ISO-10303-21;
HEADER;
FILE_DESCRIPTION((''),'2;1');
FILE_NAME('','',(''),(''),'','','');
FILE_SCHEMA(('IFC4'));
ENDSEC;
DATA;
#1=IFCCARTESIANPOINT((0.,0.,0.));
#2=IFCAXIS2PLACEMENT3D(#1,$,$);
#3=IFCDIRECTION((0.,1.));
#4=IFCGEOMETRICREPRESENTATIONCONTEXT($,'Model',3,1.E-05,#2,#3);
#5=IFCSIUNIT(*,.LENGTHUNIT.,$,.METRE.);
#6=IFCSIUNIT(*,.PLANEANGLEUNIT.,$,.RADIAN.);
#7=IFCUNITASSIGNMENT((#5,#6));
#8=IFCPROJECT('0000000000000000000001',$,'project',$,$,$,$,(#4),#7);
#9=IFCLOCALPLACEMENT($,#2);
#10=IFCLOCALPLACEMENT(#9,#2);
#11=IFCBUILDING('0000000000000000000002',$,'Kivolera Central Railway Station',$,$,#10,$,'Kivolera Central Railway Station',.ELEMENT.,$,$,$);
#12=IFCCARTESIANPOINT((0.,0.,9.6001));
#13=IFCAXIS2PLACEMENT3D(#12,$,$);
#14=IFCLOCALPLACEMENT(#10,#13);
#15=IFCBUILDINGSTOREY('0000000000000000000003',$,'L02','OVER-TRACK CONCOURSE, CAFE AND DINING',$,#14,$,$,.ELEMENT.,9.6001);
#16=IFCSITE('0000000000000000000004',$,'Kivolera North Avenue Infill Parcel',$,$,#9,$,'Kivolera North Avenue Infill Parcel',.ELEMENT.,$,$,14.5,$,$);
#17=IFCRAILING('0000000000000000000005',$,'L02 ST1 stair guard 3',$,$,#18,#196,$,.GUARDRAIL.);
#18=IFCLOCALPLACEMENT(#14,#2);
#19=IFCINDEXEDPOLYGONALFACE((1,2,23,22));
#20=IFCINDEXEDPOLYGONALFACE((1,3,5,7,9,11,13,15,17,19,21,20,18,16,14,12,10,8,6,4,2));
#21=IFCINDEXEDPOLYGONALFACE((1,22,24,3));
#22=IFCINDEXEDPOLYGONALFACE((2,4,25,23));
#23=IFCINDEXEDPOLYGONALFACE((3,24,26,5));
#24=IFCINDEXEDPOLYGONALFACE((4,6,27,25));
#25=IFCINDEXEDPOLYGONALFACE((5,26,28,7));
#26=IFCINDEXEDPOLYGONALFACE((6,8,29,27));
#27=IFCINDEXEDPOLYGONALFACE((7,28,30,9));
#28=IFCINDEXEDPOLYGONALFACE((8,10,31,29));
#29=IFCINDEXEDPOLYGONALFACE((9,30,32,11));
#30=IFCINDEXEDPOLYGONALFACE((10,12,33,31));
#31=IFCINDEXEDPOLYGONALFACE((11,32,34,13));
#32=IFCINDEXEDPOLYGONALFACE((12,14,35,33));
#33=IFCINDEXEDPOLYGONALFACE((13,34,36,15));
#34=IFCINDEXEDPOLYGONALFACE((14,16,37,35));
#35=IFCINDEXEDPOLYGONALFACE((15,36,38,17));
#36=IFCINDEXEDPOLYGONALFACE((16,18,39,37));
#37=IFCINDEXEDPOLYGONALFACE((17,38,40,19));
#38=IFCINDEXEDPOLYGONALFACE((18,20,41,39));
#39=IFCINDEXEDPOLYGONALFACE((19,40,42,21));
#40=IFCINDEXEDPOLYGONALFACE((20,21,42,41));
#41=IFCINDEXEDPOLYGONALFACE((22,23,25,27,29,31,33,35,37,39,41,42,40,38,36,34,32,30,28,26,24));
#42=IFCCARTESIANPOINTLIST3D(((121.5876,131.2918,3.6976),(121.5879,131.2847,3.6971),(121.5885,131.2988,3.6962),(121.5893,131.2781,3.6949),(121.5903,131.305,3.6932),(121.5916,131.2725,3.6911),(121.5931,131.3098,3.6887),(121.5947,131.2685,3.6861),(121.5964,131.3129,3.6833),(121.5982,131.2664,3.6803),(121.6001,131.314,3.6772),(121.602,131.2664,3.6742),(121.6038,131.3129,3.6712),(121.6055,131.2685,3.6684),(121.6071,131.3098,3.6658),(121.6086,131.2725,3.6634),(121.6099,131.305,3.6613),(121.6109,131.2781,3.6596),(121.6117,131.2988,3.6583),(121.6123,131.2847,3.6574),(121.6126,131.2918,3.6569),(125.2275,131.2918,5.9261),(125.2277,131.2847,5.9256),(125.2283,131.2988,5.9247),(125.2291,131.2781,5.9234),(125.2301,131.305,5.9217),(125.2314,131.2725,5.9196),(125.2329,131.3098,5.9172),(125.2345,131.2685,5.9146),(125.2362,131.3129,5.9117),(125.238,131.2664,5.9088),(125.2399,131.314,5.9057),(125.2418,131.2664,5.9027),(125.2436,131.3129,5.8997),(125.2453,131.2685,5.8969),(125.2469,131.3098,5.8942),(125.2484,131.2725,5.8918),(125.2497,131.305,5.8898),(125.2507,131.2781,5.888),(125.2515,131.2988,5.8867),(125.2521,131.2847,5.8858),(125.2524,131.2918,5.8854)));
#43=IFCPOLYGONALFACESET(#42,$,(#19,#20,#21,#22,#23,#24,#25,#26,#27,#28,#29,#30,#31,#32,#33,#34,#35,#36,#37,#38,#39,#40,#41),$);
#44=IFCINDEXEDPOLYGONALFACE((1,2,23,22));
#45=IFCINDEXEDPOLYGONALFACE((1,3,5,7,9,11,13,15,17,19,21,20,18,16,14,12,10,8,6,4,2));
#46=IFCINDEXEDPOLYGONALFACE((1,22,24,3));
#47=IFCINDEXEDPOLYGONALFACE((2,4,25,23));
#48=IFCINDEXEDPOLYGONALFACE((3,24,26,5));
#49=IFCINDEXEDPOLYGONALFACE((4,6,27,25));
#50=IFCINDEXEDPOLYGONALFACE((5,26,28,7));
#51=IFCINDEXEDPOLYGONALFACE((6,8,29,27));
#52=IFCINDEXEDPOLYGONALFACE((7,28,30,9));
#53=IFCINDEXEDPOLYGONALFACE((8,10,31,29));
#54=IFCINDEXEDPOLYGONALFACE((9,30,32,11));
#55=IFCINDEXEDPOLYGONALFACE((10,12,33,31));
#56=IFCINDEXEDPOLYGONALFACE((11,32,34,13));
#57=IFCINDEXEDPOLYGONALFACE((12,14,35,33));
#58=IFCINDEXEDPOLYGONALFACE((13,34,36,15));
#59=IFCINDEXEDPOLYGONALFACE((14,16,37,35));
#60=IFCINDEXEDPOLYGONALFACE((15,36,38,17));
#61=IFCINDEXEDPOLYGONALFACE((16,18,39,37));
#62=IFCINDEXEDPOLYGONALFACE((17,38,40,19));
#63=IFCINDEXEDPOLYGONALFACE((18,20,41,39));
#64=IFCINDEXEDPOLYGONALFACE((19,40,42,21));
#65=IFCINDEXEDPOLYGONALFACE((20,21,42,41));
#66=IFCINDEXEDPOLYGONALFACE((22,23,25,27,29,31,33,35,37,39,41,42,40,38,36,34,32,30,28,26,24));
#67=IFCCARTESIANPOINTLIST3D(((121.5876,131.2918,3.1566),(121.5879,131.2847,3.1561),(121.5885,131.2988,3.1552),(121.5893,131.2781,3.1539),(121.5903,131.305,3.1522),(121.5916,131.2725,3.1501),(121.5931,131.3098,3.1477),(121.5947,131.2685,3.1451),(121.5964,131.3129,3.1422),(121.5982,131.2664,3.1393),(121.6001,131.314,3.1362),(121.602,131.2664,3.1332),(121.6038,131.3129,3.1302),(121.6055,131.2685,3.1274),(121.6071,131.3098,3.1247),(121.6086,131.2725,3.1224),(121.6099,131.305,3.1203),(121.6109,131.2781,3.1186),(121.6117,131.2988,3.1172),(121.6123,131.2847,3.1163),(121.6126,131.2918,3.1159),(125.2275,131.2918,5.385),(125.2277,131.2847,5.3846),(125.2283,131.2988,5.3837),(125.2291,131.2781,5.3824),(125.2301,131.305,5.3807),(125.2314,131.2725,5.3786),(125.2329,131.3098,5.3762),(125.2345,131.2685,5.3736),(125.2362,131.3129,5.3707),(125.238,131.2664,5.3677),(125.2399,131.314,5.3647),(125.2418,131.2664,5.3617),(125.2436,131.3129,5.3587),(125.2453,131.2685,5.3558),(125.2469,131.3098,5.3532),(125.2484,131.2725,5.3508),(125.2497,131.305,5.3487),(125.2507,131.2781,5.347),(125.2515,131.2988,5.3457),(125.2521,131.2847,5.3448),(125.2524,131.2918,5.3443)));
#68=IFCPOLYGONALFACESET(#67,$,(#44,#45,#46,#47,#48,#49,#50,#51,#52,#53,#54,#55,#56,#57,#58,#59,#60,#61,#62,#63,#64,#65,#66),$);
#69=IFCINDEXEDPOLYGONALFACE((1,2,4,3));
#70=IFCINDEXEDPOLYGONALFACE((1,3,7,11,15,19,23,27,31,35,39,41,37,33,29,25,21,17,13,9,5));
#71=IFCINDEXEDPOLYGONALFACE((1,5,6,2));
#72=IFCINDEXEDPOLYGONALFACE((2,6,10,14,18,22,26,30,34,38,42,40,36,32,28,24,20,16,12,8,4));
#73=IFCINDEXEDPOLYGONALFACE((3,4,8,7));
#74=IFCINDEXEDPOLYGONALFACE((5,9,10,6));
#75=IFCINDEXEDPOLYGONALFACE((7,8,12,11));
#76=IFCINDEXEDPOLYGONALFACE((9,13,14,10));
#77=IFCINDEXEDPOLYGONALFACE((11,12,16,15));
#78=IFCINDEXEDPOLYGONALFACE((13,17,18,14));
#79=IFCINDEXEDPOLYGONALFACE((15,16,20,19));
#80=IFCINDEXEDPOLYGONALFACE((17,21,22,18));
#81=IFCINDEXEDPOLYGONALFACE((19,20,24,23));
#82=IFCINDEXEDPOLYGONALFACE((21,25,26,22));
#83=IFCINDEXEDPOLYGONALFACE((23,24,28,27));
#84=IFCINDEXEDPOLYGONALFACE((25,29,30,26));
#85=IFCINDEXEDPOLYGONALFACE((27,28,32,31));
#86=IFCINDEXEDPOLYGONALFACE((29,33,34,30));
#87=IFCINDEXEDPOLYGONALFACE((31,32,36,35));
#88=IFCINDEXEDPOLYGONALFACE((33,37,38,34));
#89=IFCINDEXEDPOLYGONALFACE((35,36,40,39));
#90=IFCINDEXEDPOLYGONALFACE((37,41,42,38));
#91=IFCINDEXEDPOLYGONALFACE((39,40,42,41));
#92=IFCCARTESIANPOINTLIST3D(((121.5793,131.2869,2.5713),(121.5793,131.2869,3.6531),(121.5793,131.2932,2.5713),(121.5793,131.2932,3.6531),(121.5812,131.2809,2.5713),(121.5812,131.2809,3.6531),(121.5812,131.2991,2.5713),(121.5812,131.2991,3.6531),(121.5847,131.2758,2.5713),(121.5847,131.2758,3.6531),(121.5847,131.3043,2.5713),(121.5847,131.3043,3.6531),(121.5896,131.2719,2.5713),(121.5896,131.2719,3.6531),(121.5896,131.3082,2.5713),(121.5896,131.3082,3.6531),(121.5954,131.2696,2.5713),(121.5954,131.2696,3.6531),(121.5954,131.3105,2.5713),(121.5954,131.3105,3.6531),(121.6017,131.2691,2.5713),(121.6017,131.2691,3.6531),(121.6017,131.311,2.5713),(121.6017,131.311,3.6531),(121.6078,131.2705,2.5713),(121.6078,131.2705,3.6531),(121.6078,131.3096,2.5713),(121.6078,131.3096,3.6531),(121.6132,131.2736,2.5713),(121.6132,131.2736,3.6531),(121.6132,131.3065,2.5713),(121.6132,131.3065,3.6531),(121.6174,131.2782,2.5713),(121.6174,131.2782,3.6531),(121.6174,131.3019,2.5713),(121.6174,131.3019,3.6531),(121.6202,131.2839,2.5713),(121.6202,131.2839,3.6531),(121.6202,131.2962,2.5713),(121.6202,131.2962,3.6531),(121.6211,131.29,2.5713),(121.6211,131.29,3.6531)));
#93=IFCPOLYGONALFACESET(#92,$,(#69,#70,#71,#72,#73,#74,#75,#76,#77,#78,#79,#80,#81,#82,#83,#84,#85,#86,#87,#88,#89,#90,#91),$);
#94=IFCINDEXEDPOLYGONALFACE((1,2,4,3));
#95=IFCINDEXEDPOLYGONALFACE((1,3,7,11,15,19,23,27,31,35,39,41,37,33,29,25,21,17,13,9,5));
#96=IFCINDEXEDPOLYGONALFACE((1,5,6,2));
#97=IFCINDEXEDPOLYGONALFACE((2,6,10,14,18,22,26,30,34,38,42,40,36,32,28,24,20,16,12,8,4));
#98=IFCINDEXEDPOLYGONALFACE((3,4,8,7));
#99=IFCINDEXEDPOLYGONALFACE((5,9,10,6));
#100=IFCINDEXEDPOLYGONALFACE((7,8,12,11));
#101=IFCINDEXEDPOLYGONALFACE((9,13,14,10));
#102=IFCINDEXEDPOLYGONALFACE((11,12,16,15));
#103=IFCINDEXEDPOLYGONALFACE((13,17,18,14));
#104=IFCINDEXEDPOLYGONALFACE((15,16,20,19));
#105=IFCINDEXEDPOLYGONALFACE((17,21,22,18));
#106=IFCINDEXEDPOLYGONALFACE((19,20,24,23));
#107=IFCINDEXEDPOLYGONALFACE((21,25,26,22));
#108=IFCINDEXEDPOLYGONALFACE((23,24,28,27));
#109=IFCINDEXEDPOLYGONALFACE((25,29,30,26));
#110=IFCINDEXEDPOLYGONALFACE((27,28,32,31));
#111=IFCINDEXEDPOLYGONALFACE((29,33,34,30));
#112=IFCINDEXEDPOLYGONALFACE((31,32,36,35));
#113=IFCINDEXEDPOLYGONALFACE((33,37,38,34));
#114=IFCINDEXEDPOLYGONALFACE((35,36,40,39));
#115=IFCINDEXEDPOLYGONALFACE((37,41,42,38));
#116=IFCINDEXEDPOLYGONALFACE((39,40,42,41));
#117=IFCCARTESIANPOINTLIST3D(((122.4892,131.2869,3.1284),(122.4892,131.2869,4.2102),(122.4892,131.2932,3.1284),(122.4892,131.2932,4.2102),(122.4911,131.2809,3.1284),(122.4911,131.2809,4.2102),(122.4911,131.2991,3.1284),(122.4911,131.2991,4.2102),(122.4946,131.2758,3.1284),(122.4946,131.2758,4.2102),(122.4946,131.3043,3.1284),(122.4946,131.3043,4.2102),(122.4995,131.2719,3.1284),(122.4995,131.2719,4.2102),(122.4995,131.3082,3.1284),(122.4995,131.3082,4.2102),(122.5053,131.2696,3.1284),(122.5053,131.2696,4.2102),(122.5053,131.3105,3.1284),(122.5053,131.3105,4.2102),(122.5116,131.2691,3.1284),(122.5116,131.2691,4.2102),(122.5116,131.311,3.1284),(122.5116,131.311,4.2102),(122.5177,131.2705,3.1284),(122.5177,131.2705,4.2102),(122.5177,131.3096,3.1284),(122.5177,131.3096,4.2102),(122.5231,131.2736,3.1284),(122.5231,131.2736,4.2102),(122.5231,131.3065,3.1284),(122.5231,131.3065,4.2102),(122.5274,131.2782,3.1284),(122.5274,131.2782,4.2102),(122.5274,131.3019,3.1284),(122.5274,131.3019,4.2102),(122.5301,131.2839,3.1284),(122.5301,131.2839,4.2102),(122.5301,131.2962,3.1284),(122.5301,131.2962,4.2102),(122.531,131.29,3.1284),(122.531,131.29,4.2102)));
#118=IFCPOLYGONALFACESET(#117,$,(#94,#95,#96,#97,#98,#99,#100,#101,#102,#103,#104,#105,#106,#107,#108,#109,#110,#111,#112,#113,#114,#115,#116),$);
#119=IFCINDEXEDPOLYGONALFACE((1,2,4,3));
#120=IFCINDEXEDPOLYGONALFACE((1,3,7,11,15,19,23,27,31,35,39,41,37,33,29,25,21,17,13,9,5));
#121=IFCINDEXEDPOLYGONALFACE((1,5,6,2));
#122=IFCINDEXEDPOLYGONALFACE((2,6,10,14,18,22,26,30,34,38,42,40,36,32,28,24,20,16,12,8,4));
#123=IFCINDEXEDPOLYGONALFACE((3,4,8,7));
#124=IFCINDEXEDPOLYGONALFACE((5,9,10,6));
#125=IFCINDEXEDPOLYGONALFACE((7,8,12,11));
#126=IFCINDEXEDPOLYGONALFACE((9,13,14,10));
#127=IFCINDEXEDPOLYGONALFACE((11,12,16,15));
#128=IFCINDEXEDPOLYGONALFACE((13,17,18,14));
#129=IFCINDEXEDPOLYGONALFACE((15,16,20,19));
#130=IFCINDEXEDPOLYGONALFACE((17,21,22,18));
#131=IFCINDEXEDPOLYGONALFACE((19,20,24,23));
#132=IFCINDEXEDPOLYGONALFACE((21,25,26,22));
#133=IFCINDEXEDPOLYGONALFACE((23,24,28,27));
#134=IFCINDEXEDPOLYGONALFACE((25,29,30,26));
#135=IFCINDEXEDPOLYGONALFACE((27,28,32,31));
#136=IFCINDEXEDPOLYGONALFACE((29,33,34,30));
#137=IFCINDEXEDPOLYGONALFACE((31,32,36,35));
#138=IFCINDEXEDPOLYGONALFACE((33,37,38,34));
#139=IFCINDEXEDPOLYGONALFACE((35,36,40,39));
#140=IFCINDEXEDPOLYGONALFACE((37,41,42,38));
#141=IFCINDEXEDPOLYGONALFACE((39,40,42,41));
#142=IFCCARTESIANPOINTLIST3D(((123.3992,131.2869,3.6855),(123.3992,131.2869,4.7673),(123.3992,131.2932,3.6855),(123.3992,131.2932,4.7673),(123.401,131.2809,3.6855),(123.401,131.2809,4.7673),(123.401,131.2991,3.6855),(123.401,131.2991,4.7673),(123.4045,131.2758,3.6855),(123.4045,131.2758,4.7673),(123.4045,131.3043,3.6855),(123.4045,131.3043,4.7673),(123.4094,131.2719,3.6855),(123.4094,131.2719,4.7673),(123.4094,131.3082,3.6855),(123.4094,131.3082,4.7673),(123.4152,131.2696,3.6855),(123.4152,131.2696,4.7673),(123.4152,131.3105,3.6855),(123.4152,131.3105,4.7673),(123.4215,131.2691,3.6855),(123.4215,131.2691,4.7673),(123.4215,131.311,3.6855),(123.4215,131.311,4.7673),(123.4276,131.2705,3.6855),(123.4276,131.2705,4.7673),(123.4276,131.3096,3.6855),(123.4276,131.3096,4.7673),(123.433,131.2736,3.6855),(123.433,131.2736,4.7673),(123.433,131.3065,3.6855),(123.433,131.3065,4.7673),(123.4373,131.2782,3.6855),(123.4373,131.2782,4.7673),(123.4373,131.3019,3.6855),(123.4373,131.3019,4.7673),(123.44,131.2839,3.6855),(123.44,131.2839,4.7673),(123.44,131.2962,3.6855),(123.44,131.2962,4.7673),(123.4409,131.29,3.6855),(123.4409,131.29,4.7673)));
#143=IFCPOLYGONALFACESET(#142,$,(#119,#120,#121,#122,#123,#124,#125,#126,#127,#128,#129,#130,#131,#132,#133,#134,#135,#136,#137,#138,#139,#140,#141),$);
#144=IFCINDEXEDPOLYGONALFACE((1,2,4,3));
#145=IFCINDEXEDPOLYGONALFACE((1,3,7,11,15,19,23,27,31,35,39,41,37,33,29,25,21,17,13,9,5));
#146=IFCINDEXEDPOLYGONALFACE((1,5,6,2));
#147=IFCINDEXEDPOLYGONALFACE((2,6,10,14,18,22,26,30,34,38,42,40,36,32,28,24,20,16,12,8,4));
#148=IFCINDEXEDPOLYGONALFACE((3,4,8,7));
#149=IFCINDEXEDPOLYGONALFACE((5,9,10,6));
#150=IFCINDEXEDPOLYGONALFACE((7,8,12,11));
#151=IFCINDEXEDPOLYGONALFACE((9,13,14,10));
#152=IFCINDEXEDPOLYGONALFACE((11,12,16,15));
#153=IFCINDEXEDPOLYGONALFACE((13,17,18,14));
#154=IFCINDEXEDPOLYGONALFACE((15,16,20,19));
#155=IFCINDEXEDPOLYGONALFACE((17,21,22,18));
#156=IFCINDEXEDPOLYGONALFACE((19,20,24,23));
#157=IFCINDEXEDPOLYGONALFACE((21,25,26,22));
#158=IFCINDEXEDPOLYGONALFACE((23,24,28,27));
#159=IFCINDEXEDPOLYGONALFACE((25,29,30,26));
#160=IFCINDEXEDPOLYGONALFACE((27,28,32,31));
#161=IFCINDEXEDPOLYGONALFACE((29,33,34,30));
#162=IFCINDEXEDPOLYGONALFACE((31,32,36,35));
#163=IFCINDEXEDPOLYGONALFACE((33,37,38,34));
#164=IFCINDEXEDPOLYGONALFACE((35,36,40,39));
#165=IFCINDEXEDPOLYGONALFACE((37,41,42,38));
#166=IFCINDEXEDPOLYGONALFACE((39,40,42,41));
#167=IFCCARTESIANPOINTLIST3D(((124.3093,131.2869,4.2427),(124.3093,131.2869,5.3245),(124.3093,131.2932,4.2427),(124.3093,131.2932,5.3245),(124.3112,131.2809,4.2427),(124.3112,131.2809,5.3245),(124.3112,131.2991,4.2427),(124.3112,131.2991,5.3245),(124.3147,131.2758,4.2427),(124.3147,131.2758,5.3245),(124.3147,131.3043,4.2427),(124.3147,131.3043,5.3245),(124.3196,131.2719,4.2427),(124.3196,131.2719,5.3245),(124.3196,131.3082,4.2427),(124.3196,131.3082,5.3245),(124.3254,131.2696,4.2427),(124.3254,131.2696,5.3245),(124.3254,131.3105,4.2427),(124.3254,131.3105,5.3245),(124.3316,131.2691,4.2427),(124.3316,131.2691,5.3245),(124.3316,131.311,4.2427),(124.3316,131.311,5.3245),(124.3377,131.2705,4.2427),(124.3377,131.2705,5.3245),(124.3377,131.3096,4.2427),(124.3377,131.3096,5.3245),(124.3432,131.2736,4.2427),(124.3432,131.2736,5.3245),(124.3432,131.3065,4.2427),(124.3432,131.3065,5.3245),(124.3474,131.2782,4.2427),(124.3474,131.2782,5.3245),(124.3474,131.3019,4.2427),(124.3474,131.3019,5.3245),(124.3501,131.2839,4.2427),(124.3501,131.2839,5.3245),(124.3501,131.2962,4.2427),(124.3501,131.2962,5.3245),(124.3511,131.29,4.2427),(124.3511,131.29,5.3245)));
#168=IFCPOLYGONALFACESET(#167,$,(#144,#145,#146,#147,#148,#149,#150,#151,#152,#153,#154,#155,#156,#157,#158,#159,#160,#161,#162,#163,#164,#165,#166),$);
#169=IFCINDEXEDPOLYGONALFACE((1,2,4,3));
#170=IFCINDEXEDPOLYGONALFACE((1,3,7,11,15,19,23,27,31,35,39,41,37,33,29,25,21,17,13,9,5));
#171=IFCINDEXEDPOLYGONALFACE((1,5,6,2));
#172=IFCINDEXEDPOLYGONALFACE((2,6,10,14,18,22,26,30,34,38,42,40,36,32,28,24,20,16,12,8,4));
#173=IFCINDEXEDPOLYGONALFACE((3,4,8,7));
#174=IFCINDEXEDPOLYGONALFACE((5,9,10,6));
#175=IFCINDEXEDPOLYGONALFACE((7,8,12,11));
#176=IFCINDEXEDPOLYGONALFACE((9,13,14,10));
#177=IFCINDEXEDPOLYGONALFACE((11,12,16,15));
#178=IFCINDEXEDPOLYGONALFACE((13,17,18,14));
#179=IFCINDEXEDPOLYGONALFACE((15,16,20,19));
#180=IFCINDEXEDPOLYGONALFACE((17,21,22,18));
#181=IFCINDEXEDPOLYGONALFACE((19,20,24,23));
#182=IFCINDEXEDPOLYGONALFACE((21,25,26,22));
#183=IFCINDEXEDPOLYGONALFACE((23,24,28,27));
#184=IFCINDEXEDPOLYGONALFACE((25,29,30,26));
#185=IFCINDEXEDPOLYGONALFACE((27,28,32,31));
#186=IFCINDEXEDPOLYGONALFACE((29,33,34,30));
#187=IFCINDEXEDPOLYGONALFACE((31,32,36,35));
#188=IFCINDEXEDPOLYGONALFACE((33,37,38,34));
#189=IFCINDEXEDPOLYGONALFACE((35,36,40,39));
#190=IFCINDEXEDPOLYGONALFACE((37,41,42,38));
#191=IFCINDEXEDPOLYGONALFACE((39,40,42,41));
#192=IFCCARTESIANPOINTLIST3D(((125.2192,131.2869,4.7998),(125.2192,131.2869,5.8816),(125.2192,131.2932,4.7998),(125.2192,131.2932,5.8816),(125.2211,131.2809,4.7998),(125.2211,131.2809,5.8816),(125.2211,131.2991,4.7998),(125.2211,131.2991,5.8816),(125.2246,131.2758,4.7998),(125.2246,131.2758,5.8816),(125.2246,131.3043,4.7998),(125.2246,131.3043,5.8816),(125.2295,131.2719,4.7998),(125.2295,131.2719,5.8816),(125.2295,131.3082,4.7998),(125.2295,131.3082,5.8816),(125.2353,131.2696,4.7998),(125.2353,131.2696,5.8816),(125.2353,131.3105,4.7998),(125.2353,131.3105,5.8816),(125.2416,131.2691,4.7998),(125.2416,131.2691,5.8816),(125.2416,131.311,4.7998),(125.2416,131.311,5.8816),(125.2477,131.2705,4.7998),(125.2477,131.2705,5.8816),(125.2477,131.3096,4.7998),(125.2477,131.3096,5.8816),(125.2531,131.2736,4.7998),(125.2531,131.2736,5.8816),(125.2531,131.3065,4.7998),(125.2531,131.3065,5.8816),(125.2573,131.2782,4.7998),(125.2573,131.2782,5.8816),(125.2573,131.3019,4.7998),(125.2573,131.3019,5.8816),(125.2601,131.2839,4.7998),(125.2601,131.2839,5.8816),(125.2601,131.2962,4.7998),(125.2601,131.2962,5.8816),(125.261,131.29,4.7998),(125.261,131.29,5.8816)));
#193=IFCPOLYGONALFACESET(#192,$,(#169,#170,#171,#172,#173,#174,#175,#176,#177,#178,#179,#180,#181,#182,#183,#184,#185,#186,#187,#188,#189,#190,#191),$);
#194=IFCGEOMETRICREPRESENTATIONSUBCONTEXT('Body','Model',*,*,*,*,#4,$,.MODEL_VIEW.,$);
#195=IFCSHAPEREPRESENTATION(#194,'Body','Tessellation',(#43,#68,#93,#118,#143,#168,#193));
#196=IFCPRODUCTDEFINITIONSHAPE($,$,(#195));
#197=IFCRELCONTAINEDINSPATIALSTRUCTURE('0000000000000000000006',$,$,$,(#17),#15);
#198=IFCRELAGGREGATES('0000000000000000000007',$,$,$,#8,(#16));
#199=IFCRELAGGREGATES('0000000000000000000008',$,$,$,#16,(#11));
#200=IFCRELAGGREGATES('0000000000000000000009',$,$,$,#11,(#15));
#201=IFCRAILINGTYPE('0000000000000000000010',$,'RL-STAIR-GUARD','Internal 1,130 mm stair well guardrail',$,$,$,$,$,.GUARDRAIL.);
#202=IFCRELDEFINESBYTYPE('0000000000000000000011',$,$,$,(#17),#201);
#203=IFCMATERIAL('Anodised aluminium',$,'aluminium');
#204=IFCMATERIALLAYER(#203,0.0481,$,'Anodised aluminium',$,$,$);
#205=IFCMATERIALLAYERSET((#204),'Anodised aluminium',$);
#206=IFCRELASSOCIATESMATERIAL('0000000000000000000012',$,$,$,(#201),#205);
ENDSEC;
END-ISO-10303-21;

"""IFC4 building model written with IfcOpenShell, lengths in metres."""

from ifc_helpers import new_model, si_unit, direction, frame, origin, origin_2d, place, context, subcontext, project, spatial, circle, extrude, material, layer, layer_set, type_object, element, save


model = new_model("IFC4")

# Units and contexts
model_context = context("Model", 3, precision=1e-05, world=origin(), true_north=direction((0.0, 1.0)))
body_context = subcontext(model_context, "Body", "Model", "MODEL_VIEW")
ifc_project = project(units=[si_unit("LENGTHUNIT", "METRE"), si_unit("PLANEANGLEUNIT", "RADIAN")], contexts=[model_context])

# Site, building, storey
site_placement = place(None, origin())
site = spatial("IfcSite", under=ifc_project, at=site_placement, Name="Kivolera North Avenue Infill Parcel", LongName="Kivolera North Avenue Infill Parcel", CompositionType="ELEMENT", RefElevation=14.5)
building_placement = place(site_placement, origin())
building = spatial("IfcBuilding", under=site, at=building_placement, Name="Kivolera Central Railway Station", LongName="Kivolera Central Railway Station", CompositionType="ELEMENT")
storey_placement = place(building_placement, frame((0.0, 0.0, 9.6001)))
storey = spatial("IfcBuildingStorey", under=building, at=storey_placement, Name="L02", Description="OVER-TRACK CONCOURSE, CAFE AND DINING", CompositionType="ELEMENT", Elevation=9.6001)

# Shared definitions
ifc_material_1 = material(Name="Anodised aluminium", Category="aluminium")

# Railing
ifc_layer_1 = layer(ifc_material_1, 0.0481, Name="Anodised aluminium")
ifc_layer_set_1 = layer_set([ifc_layer_1], Name="Anodised aluminium")
railing_type_1 = type_object("IfcRailingType", Name="RL-STAIR-GUARD", Description="Internal 1,130 mm stair well guardrail", PredefinedType="GUARDRAIL", material=ifc_layer_set_1)
railing_1_placement = place(storey_placement, frame((121.6001, 131.29, 2.5713)))
element("IfcRailing", 1, at=railing_1_placement, inside=storey, type_object=railing_type_1, Name="L02 ST1 stair guard 3", PredefinedType="GUARDRAIL", context=body_context, shape_type="SweptSolid", body=[
    extrude(circle(Radius=0.0239, at=origin_2d()), frame((0.0, 0.0, 1.106), z_axis=(0.85285, 0.0, 0.522156), x_axis=(0.0, 1.0, 0.0)), (0.0, 0.0, 1.0), 4.2678),
    extrude(circle(Radius=0.0239, at=origin_2d()), frame((0.0, 0.0, 0.5649), z_axis=(0.85285, 0.0, 0.522156), x_axis=(0.0, 1.0, 0.0)), (0.0, 0.0, 1.0), 4.2678),
    extrude(circle(Radius=0.021, at=origin_2d()), origin(), (0.0, 0.0, 1.0), 1.0818),
    extrude(circle(Radius=0.021, at=origin_2d()), frame((0.9099, 0.0, 0.5571)), (0.0, 0.0, 1.0), 1.0818),
    extrude(circle(Radius=0.021, at=origin_2d()), frame((1.8198, 0.0, 1.1143)), (0.0, 0.0, 1.0), 1.0818),
    extrude(circle(Radius=0.021, at=origin_2d()), frame((2.73, 0.0, 1.6714)), (0.0, 0.0, 1.0), 1.0818),
    extrude(circle(Radius=0.021, at=origin_2d()), frame((3.6399, 0.0, 2.2285)), (0.0, 0.0, 1.0), 1.0818),
])

save(model, "model.ifc")
